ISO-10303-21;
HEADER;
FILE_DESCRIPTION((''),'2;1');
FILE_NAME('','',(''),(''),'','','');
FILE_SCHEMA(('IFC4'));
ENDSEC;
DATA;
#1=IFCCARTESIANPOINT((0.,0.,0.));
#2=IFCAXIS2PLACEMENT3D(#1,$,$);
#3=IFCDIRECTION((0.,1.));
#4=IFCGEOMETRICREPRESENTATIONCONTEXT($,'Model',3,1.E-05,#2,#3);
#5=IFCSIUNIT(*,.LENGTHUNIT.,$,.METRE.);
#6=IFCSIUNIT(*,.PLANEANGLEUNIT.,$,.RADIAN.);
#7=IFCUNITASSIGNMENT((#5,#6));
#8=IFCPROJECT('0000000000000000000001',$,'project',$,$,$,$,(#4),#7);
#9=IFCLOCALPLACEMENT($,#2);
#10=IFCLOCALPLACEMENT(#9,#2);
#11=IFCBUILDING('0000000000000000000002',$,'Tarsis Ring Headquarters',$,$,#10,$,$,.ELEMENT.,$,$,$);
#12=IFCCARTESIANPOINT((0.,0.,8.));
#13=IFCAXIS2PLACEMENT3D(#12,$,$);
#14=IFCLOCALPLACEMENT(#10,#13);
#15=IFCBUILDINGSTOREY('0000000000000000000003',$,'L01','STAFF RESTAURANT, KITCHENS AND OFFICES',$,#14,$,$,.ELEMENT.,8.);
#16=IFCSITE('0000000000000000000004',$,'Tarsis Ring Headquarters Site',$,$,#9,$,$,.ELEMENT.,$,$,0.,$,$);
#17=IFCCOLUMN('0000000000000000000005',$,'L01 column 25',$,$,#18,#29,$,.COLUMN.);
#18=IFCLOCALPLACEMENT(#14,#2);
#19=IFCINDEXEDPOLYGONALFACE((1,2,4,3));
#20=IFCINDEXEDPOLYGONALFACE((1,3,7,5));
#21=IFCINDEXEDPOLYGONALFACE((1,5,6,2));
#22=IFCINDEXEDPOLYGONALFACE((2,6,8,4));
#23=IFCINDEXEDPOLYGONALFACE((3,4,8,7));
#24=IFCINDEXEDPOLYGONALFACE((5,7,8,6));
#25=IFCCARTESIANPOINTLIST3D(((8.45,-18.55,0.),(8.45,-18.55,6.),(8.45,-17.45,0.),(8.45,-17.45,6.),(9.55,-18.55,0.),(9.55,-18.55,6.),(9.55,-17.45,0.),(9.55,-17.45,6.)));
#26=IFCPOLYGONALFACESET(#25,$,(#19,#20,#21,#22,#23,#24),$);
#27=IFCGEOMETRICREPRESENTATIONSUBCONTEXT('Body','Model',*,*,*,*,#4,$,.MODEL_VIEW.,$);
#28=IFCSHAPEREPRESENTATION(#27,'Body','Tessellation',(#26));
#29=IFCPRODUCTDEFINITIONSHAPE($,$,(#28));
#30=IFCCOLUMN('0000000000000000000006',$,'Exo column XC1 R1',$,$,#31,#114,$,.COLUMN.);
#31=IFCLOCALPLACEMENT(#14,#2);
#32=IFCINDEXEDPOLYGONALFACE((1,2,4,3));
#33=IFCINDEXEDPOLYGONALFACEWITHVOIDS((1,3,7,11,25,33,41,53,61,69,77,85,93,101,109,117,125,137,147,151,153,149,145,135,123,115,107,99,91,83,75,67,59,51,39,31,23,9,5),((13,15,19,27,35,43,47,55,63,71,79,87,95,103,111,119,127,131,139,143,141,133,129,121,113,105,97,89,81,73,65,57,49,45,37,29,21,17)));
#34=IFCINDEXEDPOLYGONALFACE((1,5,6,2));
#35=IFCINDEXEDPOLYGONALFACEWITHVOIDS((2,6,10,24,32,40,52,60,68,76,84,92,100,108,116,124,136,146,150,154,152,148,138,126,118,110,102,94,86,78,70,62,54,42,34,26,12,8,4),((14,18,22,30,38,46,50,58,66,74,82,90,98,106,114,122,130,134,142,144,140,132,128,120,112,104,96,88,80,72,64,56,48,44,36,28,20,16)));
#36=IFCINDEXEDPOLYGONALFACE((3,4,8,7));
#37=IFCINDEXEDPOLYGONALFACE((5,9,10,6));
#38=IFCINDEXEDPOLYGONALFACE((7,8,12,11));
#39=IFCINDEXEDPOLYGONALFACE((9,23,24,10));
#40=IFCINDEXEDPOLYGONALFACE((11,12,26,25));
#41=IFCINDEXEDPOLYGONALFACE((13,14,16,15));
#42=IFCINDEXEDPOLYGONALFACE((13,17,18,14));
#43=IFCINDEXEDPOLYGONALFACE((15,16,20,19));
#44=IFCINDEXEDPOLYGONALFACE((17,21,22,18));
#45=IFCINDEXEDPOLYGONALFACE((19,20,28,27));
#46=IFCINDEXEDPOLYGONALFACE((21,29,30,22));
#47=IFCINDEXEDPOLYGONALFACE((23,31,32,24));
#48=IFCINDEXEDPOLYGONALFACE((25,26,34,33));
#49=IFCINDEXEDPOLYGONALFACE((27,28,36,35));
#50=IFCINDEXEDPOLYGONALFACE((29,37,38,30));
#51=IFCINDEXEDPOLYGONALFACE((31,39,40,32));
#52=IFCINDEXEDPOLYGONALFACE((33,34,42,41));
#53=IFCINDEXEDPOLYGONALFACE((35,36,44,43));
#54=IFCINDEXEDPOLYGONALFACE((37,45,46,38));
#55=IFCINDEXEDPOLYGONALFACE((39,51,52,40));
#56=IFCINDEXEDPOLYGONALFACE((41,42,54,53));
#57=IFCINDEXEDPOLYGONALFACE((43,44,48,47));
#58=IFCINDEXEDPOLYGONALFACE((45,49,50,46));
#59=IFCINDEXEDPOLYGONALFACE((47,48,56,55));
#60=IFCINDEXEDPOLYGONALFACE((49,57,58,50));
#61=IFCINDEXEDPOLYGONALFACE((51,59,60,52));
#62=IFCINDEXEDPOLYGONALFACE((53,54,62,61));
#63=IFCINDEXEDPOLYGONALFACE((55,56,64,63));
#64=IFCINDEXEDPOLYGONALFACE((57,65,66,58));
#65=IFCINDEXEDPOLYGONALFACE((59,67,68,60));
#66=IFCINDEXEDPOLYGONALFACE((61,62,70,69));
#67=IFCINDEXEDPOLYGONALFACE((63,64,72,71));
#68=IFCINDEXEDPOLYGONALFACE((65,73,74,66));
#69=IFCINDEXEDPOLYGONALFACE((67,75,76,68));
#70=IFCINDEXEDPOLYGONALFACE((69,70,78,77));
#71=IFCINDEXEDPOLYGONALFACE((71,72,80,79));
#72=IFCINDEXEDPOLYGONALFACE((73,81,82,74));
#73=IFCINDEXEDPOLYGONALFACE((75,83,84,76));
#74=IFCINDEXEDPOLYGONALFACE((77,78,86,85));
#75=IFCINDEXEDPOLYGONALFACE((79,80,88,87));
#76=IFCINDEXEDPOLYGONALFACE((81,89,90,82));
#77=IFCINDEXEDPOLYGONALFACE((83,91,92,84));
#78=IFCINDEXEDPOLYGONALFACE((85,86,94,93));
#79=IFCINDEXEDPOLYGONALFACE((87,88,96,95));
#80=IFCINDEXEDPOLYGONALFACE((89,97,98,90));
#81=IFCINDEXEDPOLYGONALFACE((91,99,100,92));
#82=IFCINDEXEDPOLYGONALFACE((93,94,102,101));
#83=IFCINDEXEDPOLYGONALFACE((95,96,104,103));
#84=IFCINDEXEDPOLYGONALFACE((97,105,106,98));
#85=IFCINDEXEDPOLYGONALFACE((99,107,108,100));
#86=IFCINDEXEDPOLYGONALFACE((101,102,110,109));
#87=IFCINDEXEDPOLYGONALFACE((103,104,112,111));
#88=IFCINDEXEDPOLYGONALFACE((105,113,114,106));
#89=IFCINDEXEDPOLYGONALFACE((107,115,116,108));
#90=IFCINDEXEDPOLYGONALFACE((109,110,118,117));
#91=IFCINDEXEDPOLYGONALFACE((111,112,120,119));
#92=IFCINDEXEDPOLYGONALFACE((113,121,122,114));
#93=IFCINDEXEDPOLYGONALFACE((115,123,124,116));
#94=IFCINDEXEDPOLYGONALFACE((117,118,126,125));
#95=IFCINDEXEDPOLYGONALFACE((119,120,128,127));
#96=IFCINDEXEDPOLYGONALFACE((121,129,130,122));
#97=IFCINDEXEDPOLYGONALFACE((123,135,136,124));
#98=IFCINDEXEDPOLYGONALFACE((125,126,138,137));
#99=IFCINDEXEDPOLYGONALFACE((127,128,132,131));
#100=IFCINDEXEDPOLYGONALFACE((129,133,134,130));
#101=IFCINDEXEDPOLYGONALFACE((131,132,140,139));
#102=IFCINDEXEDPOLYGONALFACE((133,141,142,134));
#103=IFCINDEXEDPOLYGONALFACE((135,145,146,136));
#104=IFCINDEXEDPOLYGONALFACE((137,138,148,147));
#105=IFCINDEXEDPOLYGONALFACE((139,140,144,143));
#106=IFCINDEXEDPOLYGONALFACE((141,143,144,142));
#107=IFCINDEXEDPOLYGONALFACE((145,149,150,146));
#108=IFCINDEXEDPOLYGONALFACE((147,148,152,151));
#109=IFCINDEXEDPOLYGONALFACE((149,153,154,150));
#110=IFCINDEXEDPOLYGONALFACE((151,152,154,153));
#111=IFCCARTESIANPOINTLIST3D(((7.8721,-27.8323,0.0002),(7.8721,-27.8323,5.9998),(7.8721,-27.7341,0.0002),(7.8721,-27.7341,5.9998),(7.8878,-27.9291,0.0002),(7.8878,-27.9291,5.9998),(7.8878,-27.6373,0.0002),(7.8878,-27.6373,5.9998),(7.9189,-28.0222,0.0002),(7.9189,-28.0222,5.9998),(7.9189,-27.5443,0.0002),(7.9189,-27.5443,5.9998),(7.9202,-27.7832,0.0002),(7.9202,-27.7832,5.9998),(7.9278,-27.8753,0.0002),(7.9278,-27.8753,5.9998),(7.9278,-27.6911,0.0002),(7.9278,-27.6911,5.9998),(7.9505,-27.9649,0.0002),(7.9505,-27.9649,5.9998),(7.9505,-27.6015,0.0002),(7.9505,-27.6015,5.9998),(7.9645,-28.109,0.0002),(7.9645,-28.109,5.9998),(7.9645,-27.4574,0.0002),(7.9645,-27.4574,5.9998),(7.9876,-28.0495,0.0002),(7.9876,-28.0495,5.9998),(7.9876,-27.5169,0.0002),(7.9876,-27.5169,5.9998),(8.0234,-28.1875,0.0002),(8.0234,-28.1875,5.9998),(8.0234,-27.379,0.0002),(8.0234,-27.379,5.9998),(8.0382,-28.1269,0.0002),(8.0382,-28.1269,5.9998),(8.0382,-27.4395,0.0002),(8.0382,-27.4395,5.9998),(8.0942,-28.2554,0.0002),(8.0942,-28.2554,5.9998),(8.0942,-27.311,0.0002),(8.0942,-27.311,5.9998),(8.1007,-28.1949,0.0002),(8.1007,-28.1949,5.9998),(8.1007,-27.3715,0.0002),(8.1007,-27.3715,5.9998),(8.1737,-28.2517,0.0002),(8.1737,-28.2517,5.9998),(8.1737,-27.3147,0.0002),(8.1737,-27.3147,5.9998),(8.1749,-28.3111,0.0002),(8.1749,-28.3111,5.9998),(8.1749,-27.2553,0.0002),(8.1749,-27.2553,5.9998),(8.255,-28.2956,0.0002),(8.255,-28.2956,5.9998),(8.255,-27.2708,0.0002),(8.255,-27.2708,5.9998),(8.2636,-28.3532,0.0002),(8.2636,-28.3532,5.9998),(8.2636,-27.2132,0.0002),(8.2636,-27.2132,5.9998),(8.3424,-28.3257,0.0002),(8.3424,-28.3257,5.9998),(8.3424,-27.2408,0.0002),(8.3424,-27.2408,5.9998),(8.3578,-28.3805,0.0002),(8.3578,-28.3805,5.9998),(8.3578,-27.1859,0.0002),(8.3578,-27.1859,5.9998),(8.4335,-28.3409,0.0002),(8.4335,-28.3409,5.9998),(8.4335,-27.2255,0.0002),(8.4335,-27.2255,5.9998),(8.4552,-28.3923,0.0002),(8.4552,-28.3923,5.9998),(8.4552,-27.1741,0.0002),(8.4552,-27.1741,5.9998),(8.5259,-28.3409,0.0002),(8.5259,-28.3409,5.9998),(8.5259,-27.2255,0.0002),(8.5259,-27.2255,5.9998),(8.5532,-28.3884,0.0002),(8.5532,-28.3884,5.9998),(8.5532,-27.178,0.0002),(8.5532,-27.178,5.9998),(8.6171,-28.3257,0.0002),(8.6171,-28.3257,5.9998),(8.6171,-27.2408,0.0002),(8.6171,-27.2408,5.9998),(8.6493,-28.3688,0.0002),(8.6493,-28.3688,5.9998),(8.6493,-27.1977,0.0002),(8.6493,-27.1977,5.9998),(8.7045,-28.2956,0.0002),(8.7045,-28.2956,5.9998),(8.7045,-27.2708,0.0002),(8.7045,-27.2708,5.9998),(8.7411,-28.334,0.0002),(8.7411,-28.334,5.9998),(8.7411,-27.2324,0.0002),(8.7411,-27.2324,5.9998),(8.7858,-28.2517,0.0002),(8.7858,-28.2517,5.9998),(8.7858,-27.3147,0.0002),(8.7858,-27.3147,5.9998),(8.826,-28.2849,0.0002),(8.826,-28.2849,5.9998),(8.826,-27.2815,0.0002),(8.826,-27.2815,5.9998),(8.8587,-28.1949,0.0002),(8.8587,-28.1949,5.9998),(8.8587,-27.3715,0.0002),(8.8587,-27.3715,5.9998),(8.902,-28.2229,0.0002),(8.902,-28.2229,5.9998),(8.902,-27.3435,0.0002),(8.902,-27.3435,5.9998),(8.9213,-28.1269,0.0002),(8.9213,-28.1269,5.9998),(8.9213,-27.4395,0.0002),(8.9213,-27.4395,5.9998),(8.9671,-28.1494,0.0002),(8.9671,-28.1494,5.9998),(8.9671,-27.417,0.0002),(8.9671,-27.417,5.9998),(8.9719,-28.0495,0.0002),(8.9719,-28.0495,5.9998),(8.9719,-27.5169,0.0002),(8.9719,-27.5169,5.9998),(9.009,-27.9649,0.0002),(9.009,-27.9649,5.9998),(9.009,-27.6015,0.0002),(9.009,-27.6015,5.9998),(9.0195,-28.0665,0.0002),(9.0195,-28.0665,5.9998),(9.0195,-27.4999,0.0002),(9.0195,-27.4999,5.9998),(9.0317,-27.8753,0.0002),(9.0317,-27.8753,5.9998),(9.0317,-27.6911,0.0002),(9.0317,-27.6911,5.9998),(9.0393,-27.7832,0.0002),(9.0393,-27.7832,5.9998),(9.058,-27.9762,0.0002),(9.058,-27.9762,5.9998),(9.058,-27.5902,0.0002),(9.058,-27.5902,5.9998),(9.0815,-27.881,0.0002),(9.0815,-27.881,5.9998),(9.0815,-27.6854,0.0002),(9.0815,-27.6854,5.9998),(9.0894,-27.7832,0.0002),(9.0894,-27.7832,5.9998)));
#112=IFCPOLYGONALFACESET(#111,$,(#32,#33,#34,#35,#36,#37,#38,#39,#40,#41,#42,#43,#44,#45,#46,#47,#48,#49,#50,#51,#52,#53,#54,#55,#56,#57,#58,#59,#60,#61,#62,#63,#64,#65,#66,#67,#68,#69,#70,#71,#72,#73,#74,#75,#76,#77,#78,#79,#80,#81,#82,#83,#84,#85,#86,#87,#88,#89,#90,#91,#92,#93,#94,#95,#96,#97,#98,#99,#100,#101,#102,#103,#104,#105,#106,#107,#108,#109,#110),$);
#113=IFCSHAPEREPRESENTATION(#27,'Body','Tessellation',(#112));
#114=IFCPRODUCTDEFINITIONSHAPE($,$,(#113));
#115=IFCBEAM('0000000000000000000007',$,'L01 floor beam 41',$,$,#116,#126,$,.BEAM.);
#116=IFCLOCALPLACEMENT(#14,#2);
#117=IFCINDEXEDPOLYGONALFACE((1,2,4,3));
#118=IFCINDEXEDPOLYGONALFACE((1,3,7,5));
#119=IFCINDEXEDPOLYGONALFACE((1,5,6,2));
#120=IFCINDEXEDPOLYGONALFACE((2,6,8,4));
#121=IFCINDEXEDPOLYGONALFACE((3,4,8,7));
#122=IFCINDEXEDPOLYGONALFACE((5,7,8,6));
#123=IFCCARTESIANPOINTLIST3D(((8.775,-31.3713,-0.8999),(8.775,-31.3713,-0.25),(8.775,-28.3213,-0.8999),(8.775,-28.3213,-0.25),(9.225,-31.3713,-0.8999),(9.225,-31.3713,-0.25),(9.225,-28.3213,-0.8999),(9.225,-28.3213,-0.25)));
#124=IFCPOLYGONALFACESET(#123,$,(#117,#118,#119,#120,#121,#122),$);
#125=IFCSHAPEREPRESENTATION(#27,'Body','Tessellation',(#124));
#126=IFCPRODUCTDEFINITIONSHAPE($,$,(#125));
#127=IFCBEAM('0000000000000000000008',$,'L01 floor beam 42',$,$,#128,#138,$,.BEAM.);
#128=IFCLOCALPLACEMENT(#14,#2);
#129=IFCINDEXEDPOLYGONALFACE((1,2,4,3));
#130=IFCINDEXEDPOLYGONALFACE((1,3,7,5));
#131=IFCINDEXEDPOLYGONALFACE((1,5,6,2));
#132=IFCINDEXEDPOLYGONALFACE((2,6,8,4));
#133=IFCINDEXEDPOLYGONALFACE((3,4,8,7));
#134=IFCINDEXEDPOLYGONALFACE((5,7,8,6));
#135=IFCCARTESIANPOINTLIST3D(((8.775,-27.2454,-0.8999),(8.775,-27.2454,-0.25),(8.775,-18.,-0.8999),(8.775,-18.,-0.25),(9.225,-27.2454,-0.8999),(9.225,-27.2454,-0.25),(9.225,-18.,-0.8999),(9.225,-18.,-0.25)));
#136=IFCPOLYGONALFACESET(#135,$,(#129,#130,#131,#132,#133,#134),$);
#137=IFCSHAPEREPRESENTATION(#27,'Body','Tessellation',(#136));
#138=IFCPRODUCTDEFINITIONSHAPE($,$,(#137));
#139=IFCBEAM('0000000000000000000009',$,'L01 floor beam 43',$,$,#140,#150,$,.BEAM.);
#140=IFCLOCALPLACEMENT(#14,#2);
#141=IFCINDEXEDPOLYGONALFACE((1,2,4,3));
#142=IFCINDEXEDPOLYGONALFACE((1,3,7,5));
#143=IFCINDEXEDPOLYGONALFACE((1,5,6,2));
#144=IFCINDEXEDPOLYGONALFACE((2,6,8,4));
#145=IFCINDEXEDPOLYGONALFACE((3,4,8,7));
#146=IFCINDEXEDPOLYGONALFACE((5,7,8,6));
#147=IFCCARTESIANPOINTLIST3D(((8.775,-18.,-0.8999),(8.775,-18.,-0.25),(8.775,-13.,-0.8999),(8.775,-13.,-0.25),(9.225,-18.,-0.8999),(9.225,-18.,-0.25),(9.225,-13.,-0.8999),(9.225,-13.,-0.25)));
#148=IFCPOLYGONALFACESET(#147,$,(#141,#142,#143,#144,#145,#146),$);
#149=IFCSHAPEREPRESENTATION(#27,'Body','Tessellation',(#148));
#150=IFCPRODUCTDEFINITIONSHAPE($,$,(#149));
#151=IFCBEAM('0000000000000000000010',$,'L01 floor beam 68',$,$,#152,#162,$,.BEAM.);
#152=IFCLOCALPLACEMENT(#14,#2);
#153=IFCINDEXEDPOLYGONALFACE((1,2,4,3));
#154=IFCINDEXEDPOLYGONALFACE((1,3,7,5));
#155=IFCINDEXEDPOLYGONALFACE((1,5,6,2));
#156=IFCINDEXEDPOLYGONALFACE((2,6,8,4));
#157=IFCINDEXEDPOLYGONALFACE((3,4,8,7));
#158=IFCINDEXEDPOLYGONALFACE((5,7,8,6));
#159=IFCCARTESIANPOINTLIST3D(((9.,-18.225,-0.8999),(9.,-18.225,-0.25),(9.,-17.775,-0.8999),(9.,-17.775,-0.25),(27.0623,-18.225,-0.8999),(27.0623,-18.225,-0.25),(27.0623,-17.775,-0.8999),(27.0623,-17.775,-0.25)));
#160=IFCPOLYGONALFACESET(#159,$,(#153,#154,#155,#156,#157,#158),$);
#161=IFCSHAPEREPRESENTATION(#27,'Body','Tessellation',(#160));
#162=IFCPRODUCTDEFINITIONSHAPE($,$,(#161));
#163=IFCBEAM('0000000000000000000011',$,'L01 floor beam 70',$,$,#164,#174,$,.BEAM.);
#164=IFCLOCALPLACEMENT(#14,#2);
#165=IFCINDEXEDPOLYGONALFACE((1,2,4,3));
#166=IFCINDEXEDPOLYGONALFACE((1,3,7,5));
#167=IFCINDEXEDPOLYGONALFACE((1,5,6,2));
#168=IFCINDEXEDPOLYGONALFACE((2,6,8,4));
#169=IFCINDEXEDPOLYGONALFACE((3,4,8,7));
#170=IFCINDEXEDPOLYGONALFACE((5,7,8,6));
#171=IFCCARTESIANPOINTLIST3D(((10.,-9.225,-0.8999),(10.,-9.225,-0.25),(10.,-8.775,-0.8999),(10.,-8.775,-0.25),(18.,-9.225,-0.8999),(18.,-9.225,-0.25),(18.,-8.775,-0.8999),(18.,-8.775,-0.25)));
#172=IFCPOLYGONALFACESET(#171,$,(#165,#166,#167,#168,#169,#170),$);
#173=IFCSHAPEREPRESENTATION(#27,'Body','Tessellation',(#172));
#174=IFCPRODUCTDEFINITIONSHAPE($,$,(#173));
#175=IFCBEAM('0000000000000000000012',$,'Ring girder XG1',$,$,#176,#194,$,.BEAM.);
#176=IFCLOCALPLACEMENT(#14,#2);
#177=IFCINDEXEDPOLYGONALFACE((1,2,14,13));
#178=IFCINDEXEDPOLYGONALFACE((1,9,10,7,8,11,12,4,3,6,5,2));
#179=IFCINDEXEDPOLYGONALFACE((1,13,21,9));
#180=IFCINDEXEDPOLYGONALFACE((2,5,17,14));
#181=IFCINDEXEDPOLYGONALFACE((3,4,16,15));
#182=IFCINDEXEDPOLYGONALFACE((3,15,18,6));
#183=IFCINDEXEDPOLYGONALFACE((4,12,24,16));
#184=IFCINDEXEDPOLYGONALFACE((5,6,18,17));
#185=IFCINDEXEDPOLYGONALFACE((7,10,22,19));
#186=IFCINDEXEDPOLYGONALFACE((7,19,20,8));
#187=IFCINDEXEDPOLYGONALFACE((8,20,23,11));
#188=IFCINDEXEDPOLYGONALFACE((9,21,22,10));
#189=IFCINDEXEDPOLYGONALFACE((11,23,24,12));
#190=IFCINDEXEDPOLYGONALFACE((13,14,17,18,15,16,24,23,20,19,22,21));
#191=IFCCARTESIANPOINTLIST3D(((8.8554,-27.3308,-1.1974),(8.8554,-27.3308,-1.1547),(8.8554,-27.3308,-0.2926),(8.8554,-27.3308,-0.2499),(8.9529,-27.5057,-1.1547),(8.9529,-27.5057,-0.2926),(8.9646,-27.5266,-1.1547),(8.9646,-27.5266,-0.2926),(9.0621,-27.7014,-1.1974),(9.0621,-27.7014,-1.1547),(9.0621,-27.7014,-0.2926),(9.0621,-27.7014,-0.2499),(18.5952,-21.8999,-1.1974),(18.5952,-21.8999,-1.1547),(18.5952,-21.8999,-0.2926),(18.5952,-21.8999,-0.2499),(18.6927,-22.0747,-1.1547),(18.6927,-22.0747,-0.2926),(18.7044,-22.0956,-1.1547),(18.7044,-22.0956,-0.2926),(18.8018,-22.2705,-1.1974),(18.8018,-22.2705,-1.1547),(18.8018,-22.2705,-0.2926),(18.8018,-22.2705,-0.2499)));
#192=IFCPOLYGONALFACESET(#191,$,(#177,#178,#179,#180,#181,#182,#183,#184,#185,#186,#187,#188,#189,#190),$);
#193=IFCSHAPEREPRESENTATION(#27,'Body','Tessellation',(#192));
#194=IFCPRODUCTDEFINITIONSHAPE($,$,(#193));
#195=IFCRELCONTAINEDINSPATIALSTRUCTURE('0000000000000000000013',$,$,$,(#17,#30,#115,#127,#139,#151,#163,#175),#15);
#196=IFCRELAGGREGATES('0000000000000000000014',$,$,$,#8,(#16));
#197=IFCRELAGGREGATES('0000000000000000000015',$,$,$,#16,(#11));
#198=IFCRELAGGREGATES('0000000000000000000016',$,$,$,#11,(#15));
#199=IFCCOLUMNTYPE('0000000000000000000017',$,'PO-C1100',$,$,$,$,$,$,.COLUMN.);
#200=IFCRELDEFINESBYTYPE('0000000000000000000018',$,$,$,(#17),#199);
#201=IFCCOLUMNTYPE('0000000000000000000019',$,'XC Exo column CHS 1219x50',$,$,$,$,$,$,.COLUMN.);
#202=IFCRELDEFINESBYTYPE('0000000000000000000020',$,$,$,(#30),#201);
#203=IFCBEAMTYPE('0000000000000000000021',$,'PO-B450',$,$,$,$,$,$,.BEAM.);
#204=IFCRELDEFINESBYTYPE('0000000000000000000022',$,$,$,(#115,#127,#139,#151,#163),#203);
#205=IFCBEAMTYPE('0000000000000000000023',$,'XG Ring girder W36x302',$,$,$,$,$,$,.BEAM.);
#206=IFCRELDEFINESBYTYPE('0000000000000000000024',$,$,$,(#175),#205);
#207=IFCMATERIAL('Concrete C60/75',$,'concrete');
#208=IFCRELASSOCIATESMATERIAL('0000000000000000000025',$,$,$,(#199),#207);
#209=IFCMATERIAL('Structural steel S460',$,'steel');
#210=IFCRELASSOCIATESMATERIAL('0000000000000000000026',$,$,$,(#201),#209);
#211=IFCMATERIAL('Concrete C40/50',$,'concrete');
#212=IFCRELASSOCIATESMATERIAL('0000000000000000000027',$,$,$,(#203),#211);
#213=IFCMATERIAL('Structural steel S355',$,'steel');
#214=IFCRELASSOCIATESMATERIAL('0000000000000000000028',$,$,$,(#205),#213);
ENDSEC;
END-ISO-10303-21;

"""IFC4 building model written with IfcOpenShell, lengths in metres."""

from ifc_helpers import new_model, si_unit, direction, frame, origin, origin_2d, place, context, subcontext, project, spatial, rectangle, hollow_circle, i_section, extrude, material, material_profile, profile_set, type_object, element, save


model = new_model("IFC4")

# Units and contexts
model_context = context("Model", 3, precision=1e-05, world=origin(), true_north=direction((0.0, 1.0)))
body_context = subcontext(model_context, "Body", "Model", "MODEL_VIEW")
ifc_project = project(units=[si_unit("LENGTHUNIT", "METRE"), si_unit("PLANEANGLEUNIT", "RADIAN")], contexts=[model_context])

# Site, building, storey
site_placement = place(None, origin())
site = spatial("IfcSite", under=ifc_project, at=site_placement, Name="Tarsis Ring Headquarters Site", CompositionType="ELEMENT", RefElevation=0.0)
building_placement = place(site_placement, origin())
building = spatial("IfcBuilding", under=site, at=building_placement, Name="Tarsis Ring Headquarters", CompositionType="ELEMENT")
storey_placement = place(building_placement, frame((0.0, 0.0, 8.0)))
storey = spatial("IfcBuildingStorey", under=building, at=storey_placement, Name="L01", Description="STAFF RESTAURANT, KITCHENS AND OFFICES", CompositionType="ELEMENT", Elevation=8.0)

# Columns
ifc_material_1 = material(Name="Concrete C60/75", Category="concrete")
ifc_material_profile_1 = material_profile(ifc_material_1, rectangle(XDim=1.1001, YDim=1.1001, at=origin_2d()), Name="PO-C1100")
ifc_profile_set_1 = profile_set([ifc_material_profile_1], Name="Concrete C60/75")
column_type_1 = type_object("IfcColumnType", Name="PO-C1100", PredefinedType="COLUMN", material=ifc_profile_set_1)
column_1_placement = place(storey_placement, frame((9.0, -18.0, 0.0), z_axis=(0.0, 0.0, 1.0), x_axis=(1.0, 0.0, 0.0)))
element("IfcColumn", 1, at=column_1_placement, inside=storey, type_object=column_type_1, Name="L01 column 25", PredefinedType="COLUMN", context=body_context, shape_type="SweptSolid", body=[
    extrude(rectangle(XDim=1.1001, YDim=1.1001, at=origin_2d()), origin(), (0.0, 0.0, 1.0), 6.0),
])
ifc_material_2 = material(Name="Structural steel S460", Category="steel")
ifc_material_profile_2 = material_profile(ifc_material_2, hollow_circle(Radius=0.6096, WallThickness=0.05, at=origin_2d()), Name="CHS 1219x50")
ifc_profile_set_2 = profile_set([ifc_material_profile_2], Name="Structural steel S460")
column_type_2 = type_object("IfcColumnType", Name="XC Exo column CHS 1219x50", PredefinedType="COLUMN", material=ifc_profile_set_2)
column_2_placement = place(storey_placement, frame((8.4797, -27.7832, 0.0002), z_axis=(0.0, 0.0, 1.0), x_axis=(1.0, 0.0, 0.0)))
element("IfcColumn", 2, at=column_2_placement, inside=storey, type_object=column_type_2, Name="Exo column XC1 R1", PredefinedType="COLUMN", context=body_context, shape_type="SweptSolid", body=[
    extrude(hollow_circle(Radius=0.6096, WallThickness=0.05, at=origin_2d()), origin(), (0.0, 0.0, 1.0), 5.9995),
])

# Beams
ifc_material_3 = material(Name="Concrete C40/50", Category="concrete")
ifc_material_profile_3 = material_profile(ifc_material_3, rectangle(XDim=0.45, YDim=0.6499, at=origin_2d()), Name="PO-B450")
ifc_profile_set_3 = profile_set([ifc_material_profile_3], Name="Concrete C40/50")
beam_type_1 = type_object("IfcBeamType", Name="PO-B450", PredefinedType="BEAM", material=ifc_profile_set_3)
beam_1_placement = place(storey_placement, frame((9.0, -31.3713, -0.575), z_axis=(0.0, 1.0, 0.0), x_axis=(-1.0, 0.0, 0.0)))
element("IfcBeam", 3, at=beam_1_placement, inside=storey, type_object=beam_type_1, Name="L01 floor beam 41", PredefinedType="BEAM", context=body_context, shape_type="SweptSolid", body=[
    extrude(rectangle(XDim=0.45, YDim=0.6499, at=origin_2d()), origin(), (0.0, 0.0, 1.0), 3.05),
])
beam_2_placement = place(storey_placement, frame((9.0, -27.2454, -0.575), z_axis=(0.0, 1.0, 0.0), x_axis=(-1.0, 0.0, 0.0)))
element("IfcBeam", 4, at=beam_2_placement, inside=storey, type_object=beam_type_1, Name="L01 floor beam 42", PredefinedType="BEAM", context=body_context, shape_type="SweptSolid", body=[
    extrude(rectangle(XDim=0.45, YDim=0.6499, at=origin_2d()), origin(), (0.0, 0.0, 1.0), 9.2454),
])
beam_3_placement = place(storey_placement, frame((9.0, -18.0, -0.575), z_axis=(0.0, 1.0, 0.0), x_axis=(-1.0, 0.0, 0.0)))
element("IfcBeam", 5, at=beam_3_placement, inside=storey, type_object=beam_type_1, Name="L01 floor beam 43", PredefinedType="BEAM", context=body_context, shape_type="SweptSolid", body=[
    extrude(rectangle(XDim=0.45, YDim=0.6499, at=origin_2d()), origin(), (0.0, 0.0, 1.0), 5.0),
])
beam_4_placement = place(storey_placement, frame((9.0, -18.0, -0.575), z_axis=(1.0, 0.0, 0.0), x_axis=(0.0, 1.0, 0.0)))
element("IfcBeam", 6, at=beam_4_placement, inside=storey, type_object=beam_type_1, Name="L01 floor beam 68", PredefinedType="BEAM", context=body_context, shape_type="SweptSolid", body=[
    extrude(rectangle(XDim=0.45, YDim=0.6499, at=origin_2d()), origin(), (0.0, 0.0, 1.0), 18.0623),
])
beam_5_placement = place(storey_placement, frame((10.0, -9.0, -0.575), z_axis=(1.0, 0.0, 0.0), x_axis=(0.0, 1.0, 0.0)))
element("IfcBeam", 7, at=beam_5_placement, inside=storey, type_object=beam_type_1, Name="L01 floor beam 70", PredefinedType="BEAM", context=body_context, shape_type="SweptSolid", body=[
    extrude(rectangle(XDim=0.45, YDim=0.6499, at=origin_2d()), origin(), (0.0, 0.0, 1.0), 8.0),
])
ifc_material_4 = material(Name="Structural steel S355", Category="steel")
ifc_material_profile_4 = material_profile(ifc_material_4, i_section(OverallWidth=0.4243, OverallDepth=0.9475, WebThickness=0.0239, FlangeThickness=0.0427, at=origin_2d()), Name="W36x302")
ifc_profile_set_4 = profile_set([ifc_material_profile_4], Name="Structural steel S355")
beam_type_2 = type_object("IfcBeamType", Name="XG Ring girder W36x302", PredefinedType="BEAM", material=ifc_profile_set_4)
beam_6_placement = place(storey_placement, frame((8.9587, -27.5161, -0.7236), z_axis=(0.873397, 0.487009, 0.0), x_axis=(-0.487009, 0.873397, 0.0)))
element("IfcBeam", 8, at=beam_6_placement, inside=storey, type_object=beam_type_2, Name="Ring girder XG1", PredefinedType="BEAM", context=body_context, shape_type="SweptSolid", body=[
    extrude(i_section(OverallWidth=0.4243, OverallDepth=0.9475, WebThickness=0.0239, FlangeThickness=0.0427, at=origin_2d()), origin(), (0.0, 0.0, 1.0), 11.1516),
])

save(model, "model.ifc")
